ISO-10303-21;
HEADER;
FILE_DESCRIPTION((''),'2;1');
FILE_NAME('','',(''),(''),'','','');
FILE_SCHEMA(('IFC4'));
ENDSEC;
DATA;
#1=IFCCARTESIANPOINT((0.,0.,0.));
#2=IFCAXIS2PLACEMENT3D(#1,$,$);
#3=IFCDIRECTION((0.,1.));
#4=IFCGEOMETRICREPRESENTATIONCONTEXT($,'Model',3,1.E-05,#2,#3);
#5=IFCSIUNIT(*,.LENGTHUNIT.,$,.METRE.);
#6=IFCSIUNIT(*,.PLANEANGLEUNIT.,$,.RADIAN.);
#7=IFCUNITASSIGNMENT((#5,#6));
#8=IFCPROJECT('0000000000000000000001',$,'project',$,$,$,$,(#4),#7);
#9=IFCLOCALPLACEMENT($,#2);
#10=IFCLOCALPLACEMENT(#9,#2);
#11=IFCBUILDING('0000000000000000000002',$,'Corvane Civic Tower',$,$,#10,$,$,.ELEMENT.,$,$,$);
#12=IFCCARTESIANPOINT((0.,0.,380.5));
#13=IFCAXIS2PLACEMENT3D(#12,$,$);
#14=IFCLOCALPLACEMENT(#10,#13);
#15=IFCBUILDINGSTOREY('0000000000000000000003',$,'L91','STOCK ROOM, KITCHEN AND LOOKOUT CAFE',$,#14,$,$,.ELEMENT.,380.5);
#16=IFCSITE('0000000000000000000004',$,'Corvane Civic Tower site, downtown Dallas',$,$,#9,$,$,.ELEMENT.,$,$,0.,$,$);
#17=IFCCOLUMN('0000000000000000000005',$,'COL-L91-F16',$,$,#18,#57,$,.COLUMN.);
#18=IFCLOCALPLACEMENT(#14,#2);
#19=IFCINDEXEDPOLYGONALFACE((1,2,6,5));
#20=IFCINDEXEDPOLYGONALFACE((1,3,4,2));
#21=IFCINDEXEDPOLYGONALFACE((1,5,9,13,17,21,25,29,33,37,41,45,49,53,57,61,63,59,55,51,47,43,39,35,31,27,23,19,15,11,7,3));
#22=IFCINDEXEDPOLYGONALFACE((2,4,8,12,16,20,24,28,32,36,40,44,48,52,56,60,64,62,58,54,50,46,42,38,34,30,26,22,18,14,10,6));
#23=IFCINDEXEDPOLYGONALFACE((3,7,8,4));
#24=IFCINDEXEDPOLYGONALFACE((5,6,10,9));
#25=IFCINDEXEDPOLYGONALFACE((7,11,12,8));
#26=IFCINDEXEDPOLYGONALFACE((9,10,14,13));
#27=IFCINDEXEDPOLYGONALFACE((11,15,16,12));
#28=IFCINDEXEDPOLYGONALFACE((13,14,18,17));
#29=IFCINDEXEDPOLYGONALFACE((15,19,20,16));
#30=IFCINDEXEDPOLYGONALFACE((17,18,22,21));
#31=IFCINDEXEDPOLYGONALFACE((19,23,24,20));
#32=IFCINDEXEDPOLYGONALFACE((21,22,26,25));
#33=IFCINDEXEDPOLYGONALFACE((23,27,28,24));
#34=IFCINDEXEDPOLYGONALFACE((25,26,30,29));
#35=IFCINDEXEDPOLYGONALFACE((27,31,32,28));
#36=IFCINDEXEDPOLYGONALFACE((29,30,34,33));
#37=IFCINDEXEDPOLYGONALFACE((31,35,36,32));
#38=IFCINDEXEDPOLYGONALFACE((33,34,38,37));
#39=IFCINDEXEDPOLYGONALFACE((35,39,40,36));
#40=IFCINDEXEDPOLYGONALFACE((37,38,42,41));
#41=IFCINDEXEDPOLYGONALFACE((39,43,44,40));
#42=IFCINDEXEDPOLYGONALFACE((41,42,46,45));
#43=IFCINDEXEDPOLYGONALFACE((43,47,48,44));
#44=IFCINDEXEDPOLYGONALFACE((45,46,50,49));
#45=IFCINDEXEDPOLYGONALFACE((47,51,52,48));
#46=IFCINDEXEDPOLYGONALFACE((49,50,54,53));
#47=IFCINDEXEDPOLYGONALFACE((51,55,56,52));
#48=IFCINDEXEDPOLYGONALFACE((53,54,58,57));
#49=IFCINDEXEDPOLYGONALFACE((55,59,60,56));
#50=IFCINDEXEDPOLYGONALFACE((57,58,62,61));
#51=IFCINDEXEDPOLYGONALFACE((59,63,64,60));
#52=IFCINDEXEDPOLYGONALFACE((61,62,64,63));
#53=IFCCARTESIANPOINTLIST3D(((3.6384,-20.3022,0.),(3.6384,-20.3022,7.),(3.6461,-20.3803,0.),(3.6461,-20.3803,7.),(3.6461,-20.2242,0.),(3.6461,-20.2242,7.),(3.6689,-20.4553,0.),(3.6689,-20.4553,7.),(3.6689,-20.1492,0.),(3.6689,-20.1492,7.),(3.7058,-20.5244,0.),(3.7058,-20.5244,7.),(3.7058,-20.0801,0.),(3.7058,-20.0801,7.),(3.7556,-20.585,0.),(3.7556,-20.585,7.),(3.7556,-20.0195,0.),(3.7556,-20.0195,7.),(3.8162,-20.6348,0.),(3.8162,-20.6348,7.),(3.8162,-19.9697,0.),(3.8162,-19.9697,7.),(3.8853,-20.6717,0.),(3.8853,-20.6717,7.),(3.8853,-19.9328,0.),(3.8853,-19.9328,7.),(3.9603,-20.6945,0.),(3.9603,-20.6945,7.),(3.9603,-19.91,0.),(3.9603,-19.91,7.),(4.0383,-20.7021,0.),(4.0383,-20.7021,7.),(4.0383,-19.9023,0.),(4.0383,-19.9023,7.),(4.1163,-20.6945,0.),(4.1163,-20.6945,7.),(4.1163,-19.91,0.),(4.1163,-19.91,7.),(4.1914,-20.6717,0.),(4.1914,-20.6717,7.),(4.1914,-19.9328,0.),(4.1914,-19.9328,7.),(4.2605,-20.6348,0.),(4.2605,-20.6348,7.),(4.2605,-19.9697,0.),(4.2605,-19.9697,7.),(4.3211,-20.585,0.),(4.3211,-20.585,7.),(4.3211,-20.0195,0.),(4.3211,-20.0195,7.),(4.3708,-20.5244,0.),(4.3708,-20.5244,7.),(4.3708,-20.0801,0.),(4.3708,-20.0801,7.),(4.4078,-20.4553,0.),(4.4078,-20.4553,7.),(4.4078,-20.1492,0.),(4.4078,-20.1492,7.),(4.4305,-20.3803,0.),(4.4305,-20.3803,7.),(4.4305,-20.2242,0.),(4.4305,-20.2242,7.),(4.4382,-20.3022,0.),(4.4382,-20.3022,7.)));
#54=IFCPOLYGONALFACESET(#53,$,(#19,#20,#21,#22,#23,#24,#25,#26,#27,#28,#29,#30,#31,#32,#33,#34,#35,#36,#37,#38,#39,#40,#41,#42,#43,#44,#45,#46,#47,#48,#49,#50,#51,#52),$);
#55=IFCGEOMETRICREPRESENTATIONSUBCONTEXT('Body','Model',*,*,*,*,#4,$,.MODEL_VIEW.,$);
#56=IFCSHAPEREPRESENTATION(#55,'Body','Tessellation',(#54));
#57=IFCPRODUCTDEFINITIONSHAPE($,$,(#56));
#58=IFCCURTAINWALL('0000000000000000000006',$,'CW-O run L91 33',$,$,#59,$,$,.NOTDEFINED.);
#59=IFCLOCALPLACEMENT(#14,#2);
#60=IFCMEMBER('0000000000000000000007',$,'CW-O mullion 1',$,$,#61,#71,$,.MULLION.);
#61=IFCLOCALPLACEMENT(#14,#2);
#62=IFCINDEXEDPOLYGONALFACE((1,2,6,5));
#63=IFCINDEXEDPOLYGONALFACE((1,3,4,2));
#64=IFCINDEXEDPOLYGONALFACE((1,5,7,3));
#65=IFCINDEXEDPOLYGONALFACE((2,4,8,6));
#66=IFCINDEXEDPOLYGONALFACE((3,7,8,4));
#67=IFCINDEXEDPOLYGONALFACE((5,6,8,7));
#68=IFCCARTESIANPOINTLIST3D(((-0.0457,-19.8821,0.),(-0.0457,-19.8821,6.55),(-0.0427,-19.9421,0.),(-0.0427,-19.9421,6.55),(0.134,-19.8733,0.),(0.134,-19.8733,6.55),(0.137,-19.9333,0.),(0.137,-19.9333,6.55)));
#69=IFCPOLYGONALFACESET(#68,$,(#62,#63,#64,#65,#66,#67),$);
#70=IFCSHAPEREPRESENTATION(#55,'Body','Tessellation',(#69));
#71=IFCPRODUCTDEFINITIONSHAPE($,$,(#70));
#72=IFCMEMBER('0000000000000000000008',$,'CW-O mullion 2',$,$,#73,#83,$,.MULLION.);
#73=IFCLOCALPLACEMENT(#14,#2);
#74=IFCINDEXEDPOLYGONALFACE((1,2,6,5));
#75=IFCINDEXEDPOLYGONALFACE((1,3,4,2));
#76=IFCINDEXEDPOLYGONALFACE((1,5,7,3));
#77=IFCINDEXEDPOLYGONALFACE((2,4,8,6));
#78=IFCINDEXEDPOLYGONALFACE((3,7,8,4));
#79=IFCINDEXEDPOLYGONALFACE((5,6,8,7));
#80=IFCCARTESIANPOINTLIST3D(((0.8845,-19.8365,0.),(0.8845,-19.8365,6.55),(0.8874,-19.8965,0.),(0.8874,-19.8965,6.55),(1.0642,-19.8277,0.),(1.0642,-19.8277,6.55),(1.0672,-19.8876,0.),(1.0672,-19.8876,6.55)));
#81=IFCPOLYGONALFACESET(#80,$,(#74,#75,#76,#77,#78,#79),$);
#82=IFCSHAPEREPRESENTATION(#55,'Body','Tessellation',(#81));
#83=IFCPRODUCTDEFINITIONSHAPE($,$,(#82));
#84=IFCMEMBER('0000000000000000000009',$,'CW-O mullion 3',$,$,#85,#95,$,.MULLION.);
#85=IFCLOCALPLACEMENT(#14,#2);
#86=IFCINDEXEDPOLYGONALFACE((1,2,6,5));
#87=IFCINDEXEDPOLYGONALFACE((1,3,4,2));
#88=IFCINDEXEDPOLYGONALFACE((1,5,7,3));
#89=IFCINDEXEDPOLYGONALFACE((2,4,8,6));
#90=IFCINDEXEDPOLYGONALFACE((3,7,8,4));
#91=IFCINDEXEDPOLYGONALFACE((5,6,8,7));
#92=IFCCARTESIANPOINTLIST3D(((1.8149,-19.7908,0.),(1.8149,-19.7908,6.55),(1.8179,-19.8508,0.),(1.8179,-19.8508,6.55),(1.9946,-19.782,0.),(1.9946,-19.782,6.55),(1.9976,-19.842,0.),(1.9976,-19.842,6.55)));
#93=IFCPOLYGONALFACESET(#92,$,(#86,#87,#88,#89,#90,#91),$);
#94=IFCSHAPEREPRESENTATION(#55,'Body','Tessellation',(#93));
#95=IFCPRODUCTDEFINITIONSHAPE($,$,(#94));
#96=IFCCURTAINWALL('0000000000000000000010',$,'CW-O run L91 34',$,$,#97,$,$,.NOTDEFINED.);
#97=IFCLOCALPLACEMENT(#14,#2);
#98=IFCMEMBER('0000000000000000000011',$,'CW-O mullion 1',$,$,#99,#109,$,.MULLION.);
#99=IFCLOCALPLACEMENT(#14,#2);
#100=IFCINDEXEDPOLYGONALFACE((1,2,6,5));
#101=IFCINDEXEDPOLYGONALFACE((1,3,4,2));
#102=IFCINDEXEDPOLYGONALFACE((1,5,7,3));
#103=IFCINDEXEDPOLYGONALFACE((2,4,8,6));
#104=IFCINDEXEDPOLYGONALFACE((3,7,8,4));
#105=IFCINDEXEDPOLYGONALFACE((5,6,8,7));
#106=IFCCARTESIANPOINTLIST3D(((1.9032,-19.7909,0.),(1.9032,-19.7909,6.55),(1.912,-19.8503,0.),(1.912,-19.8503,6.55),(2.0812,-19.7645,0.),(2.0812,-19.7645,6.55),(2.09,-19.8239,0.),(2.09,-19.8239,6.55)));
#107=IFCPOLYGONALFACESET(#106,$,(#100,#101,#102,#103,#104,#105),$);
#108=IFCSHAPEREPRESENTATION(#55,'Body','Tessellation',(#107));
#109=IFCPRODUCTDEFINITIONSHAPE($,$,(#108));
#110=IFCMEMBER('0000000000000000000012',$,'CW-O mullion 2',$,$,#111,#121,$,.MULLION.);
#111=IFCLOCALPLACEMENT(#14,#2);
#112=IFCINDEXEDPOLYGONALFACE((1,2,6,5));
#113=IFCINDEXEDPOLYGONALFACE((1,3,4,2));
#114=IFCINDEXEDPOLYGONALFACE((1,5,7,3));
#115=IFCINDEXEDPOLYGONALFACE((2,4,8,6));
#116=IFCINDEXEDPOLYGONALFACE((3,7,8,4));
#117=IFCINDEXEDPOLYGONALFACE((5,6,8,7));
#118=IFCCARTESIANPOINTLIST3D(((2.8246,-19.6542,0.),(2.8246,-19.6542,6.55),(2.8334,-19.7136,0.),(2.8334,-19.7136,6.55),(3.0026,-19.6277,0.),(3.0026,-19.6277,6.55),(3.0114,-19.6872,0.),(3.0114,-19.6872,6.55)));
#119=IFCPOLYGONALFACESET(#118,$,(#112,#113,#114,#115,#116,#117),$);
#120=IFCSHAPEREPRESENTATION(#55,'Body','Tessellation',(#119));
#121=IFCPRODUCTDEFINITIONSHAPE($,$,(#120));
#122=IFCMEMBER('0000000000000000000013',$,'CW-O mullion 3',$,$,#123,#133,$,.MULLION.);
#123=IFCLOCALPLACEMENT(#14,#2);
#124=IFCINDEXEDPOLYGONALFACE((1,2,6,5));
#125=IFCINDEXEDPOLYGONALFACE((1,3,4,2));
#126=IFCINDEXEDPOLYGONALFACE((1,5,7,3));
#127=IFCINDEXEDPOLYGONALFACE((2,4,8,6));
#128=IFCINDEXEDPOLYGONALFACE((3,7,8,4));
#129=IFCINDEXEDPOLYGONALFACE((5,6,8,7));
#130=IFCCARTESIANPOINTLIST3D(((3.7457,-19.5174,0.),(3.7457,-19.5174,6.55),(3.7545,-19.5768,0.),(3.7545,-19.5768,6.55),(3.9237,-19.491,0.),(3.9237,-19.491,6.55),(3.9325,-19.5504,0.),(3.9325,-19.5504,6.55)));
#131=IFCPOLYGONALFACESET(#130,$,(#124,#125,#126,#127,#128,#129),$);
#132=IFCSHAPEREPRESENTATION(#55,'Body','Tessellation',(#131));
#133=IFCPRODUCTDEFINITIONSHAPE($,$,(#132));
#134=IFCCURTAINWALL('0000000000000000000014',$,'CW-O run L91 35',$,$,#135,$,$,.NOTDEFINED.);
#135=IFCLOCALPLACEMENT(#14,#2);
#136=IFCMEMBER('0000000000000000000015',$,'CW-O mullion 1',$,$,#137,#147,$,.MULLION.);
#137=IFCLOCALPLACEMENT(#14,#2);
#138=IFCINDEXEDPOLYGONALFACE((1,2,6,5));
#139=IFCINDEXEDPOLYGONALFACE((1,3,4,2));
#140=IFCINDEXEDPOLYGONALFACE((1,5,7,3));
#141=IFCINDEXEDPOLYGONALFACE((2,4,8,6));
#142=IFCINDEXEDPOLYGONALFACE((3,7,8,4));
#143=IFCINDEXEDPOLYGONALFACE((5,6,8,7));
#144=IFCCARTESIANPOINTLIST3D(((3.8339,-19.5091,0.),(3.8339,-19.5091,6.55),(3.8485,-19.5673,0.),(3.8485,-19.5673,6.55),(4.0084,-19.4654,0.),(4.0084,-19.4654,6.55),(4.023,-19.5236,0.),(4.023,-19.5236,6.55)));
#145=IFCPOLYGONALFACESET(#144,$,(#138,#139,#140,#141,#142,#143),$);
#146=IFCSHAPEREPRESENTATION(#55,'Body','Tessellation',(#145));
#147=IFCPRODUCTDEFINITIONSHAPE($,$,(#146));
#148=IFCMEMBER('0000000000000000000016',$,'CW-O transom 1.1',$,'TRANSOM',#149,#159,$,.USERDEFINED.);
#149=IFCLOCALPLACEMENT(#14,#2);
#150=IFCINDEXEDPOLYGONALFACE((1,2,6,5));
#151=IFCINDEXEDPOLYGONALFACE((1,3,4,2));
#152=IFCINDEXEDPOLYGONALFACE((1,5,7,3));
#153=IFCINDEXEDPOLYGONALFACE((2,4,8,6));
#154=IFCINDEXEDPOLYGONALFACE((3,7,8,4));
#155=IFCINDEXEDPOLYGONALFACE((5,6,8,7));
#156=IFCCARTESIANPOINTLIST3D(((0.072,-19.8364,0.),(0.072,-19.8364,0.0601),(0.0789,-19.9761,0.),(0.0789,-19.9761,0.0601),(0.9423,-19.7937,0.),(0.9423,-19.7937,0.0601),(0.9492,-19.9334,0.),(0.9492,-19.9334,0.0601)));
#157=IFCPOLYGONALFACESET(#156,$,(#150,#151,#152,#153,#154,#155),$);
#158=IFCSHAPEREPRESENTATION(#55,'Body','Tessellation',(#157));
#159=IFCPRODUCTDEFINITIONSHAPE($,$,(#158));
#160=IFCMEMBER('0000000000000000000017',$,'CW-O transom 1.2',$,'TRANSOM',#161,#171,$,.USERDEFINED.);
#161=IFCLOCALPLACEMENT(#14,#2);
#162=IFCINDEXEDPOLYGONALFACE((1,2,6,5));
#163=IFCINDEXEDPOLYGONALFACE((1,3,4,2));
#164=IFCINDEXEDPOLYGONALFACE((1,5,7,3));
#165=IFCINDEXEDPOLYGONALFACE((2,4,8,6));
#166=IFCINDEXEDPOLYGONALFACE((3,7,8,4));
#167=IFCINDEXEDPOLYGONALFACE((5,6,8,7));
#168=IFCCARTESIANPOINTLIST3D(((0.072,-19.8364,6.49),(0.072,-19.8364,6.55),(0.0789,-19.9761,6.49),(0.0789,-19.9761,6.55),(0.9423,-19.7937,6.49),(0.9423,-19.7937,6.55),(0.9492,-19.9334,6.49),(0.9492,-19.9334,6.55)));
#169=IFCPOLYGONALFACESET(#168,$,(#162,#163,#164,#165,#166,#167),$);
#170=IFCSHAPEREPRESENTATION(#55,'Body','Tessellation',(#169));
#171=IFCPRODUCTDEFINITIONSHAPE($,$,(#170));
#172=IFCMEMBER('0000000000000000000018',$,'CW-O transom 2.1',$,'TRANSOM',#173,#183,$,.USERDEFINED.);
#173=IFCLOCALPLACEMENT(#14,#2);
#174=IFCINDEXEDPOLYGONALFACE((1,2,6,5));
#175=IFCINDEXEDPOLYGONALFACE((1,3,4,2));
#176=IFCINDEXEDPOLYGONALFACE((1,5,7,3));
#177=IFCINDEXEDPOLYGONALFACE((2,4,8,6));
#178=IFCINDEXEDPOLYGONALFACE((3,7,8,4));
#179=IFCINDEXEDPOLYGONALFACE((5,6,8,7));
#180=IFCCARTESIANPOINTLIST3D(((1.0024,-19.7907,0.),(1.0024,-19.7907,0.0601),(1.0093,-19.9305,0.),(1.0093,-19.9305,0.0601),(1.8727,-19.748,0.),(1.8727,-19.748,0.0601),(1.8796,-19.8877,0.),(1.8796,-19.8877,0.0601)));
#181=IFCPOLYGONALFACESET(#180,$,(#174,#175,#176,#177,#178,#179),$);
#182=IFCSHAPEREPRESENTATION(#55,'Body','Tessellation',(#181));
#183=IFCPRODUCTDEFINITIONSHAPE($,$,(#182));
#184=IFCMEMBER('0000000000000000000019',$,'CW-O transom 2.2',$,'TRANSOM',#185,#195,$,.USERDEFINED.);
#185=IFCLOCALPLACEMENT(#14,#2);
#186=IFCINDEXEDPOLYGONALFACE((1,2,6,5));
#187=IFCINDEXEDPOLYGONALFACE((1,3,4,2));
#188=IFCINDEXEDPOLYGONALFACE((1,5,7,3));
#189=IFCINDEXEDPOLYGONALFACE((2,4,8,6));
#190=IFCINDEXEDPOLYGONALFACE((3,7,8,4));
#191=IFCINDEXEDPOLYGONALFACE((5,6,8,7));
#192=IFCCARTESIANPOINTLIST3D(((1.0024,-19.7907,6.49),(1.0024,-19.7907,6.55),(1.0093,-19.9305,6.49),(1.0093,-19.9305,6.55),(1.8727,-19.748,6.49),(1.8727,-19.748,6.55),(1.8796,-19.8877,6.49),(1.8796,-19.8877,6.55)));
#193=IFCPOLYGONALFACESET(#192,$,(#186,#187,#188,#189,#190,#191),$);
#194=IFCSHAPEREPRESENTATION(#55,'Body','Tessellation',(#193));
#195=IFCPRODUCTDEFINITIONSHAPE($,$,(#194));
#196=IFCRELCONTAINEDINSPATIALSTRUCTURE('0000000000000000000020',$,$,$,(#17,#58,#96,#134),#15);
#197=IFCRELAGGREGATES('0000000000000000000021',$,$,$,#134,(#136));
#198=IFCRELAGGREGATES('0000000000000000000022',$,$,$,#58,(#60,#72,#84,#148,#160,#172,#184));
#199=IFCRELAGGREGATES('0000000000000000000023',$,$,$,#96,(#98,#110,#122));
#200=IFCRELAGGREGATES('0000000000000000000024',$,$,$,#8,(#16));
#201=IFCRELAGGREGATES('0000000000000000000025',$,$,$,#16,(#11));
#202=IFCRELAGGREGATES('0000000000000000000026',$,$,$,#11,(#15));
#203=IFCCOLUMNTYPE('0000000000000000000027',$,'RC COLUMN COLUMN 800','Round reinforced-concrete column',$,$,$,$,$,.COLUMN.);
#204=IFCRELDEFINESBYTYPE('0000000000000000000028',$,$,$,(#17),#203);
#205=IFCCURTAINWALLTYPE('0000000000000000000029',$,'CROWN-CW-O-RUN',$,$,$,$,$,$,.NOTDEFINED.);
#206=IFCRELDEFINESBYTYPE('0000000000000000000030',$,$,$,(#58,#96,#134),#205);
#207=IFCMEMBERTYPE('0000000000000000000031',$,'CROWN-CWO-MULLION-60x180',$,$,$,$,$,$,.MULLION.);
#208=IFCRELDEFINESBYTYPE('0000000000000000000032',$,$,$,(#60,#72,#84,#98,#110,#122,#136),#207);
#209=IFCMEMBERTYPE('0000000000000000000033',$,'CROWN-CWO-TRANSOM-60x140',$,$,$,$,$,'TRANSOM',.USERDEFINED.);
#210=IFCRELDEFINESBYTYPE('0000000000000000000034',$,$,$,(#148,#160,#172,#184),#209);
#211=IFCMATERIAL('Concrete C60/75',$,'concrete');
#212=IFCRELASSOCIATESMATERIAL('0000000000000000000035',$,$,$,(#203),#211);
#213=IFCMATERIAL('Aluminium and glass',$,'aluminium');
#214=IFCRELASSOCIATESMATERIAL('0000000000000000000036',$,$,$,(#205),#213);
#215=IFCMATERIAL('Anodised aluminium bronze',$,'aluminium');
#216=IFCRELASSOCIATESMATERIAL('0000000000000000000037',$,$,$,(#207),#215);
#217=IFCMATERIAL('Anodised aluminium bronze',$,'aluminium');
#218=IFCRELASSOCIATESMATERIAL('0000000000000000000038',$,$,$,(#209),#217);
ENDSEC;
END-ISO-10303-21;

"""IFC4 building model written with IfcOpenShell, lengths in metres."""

from ifc_helpers import new_model, si_unit, direction, frame, origin, origin_2d, place, context, subcontext, project, spatial, rectangle, circle, extrude, material, material_profile, profile_set, type_object, element, aggregate, save


model = new_model("IFC4")

# Units and contexts
model_context = context("Model", 3, precision=1e-05, world=origin(), true_north=direction((0.0, 1.0)))
body_context = subcontext(model_context, "Body", "Model", "MODEL_VIEW")
ifc_project = project(units=[si_unit("LENGTHUNIT", "METRE"), si_unit("PLANEANGLEUNIT", "RADIAN")], contexts=[model_context])

# Site, building, storey
site_placement = place(None, origin())
site = spatial("IfcSite", under=ifc_project, at=site_placement, Name="Corvane Civic Tower site, downtown Dallas", CompositionType="ELEMENT", RefElevation=0.0)
building_placement = place(site_placement, origin())
building = spatial("IfcBuilding", under=site, at=building_placement, Name="Corvane Civic Tower", CompositionType="ELEMENT")
storey_placement = place(building_placement, frame((0.0, 0.0, 380.5)))
storey = spatial("IfcBuildingStorey", under=building, at=storey_placement, Name="L91", Description="STOCK ROOM, KITCHEN AND LOOKOUT CAFE", CompositionType="ELEMENT", Elevation=380.5)

# Column
ifc_material_1 = material(Name="Concrete C60/75", Category="concrete")
ifc_material_profile_1 = material_profile(ifc_material_1, circle(Radius=0.3999, at=origin_2d()), Name="COLUMN 800")
ifc_profile_set_1 = profile_set([ifc_material_profile_1], Name="Concrete C60/75")
column_type = type_object("IfcColumnType", Name="RC COLUMN COLUMN 800", Description="Round reinforced-concrete column", PredefinedType="COLUMN", material=ifc_profile_set_1)
column_placement = place(storey_placement, frame((4.0383, -20.3022, 0.0), z_axis=(0.0, 0.0, 1.0), x_axis=(1.0, 0.0, 0.0)))
element("IfcColumn", 1, at=column_placement, inside=storey, type_object=column_type, Name="COL-L91-F16", PredefinedType="COLUMN", context=body_context, shape_type="SweptSolid", body=[
    extrude(circle(Radius=0.3999, at=origin_2d()), origin(), (0.0, 0.0, 1.0), 7.0),
])

# Curtain walls, members
ifc_material_2 = material(Name="Aluminium and glass", Category="aluminium")
curtain_wall_type = type_object("IfcCurtainWallType", Name="CROWN-CW-O-RUN", PredefinedType="NOTDEFINED", material=ifc_material_2)
curtain_wall_1_placement = place(storey_placement, origin())
curtain_wall_1 = element("IfcCurtainWall", 2, at=curtain_wall_1_placement, inside=storey, type_object=curtain_wall_type, Name="CW-O run L91 33", PredefinedType="NOTDEFINED")
ifc_material_3 = material(Name="Anodised aluminium bronze", Category="aluminium")
ifc_material_profile_2 = material_profile(ifc_material_3, rectangle(XDim=0.0601, YDim=0.1799, at=origin_2d()), Name="AL 60x180")
ifc_profile_set_2 = profile_set([ifc_material_profile_2], Name="Anodised aluminium bronze")
member_type_1 = type_object("IfcMemberType", Name="CROWN-CWO-MULLION-60x180", PredefinedType="MULLION", material=ifc_profile_set_2)
member_1_placement = place(storey_placement, frame((0.0457, -19.9077, 0.0), z_axis=(0.0, 0.0, 1.0), x_axis=(-0.048991, 0.998799, 0.0)))
member_1 = element("IfcMember", 3, at=member_1_placement, type_object=member_type_1, Name="CW-O mullion 1", PredefinedType="MULLION", context=body_context, shape_type="SweptSolid", body=[
    extrude(rectangle(XDim=0.0601, YDim=0.1799, at=origin_2d()), origin(), (0.0, 0.0, 1.0), 6.55),
])
member_2_placement = place(storey_placement, frame((0.9758, -19.8621, 0.0), z_axis=(0.0, 0.0, 1.0), x_axis=(-0.048991, 0.998799, 0.0)))
member_2 = element("IfcMember", 4, at=member_2_placement, type_object=member_type_1, Name="CW-O mullion 2", PredefinedType="MULLION", context=body_context, shape_type="SweptSolid", body=[
    extrude(rectangle(XDim=0.0601, YDim=0.1799, at=origin_2d()), origin(), (0.0, 0.0, 1.0), 6.55),
])
member_3_placement = place(storey_placement, frame((1.9062, -19.8164, 0.0), z_axis=(0.0, 0.0, 1.0), x_axis=(-0.048991, 0.998799, 0.0)))
member_3 = element("IfcMember", 5, at=member_3_placement, type_object=member_type_1, Name="CW-O mullion 3", PredefinedType="MULLION", context=body_context, shape_type="SweptSolid", body=[
    extrude(rectangle(XDim=0.0601, YDim=0.1799, at=origin_2d()), origin(), (0.0, 0.0, 1.0), 6.55),
])
curtain_wall_2_placement = place(storey_placement, origin())
curtain_wall_2 = element("IfcCurtainWall", 6, at=curtain_wall_2_placement, inside=storey, type_object=curtain_wall_type, Name="CW-O run L91 34", PredefinedType="NOTDEFINED")
member_4_placement = place(storey_placement, frame((1.9966, -19.8074, 0.0), z_axis=(0.0, 0.0, 1.0), x_axis=(-0.146771, 0.98917, 0.0)))
member_4 = element("IfcMember", 7, at=member_4_placement, type_object=member_type_1, Name="CW-O mullion 1", PredefinedType="MULLION", context=body_context, shape_type="SweptSolid", body=[
    extrude(rectangle(XDim=0.0601, YDim=0.1799, at=origin_2d()), origin(), (0.0, 0.0, 1.0), 6.55),
])
member_5_placement = place(storey_placement, frame((2.918, -19.6707, 0.0), z_axis=(0.0, 0.0, 1.0), x_axis=(-0.146771, 0.98917, 0.0)))
member_5 = element("IfcMember", 8, at=member_5_placement, type_object=member_type_1, Name="CW-O mullion 2", PredefinedType="MULLION", context=body_context, shape_type="SweptSolid", body=[
    extrude(rectangle(XDim=0.0601, YDim=0.1799, at=origin_2d()), origin(), (0.0, 0.0, 1.0), 6.55),
])
member_6_placement = place(storey_placement, frame((3.8391, -19.5339, 0.0), z_axis=(0.0, 0.0, 1.0), x_axis=(-0.146771, 0.98917, 0.0)))
member_6 = element("IfcMember", 9, at=member_6_placement, type_object=member_type_1, Name="CW-O mullion 3", PredefinedType="MULLION", context=body_context, shape_type="SweptSolid", body=[
    extrude(rectangle(XDim=0.0601, YDim=0.1799, at=origin_2d()), origin(), (0.0, 0.0, 1.0), 6.55),
])

# Curtain wall, member
curtain_wall_3_placement = place(storey_placement, origin())
curtain_wall_3 = element("IfcCurtainWall", 10, at=curtain_wall_3_placement, inside=storey, type_object=curtain_wall_type, Name="CW-O run L91 35", PredefinedType="NOTDEFINED")
member_7_placement = place(storey_placement, frame((3.9285, -19.5164, 0.0), z_axis=(0.0, 0.0, 1.0), x_axis=(-0.242952, 0.970038, 0.0)))
member_7 = element("IfcMember", 11, at=member_7_placement, type_object=member_type_1, Name="CW-O mullion 1", PredefinedType="MULLION", context=body_context, shape_type="SweptSolid", body=[
    extrude(rectangle(XDim=0.0601, YDim=0.1799, at=origin_2d()), origin(), (0.0, 0.0, 1.0), 6.55),
])

# Members
ifc_material_4 = material(Name="Anodised aluminium bronze", Category="aluminium")
ifc_material_profile_3 = material_profile(ifc_material_4, rectangle(XDim=0.1399, YDim=0.0601, at=origin_2d()), Name="AL 140x60")
ifc_profile_set_3 = profile_set([ifc_material_profile_3], Name="Anodised aluminium bronze")
member_type_2 = type_object("IfcMemberType", Name="CROWN-CWO-TRANSOM-60x140", ElementType="TRANSOM", PredefinedType="USERDEFINED", material=ifc_profile_set_3)
member_8_placement = place(storey_placement, frame((0.0754, -19.9062, 0.03), z_axis=(0.998797, 0.049029, 0.0), x_axis=(-0.049029, 0.998797, 0.0)))
member_8 = element("IfcMember", 12, at=member_8_placement, type_object=member_type_2, Name="CW-O transom 1.1", ObjectType="TRANSOM", PredefinedType="USERDEFINED", context=body_context, shape_type="SweptSolid", body=[
    extrude(rectangle(XDim=0.1399, YDim=0.0601, at=origin_2d()), origin(), (0.0, 0.0, 1.0), 0.8713),
])
member_9_placement = place(storey_placement, frame((0.0754, -19.9062, 6.52), z_axis=(0.998797, 0.049029, 0.0), x_axis=(-0.049029, 0.998797, 0.0)))
member_9 = element("IfcMember", 13, at=member_9_placement, type_object=member_type_2, Name="CW-O transom 1.2", ObjectType="TRANSOM", PredefinedType="USERDEFINED", context=body_context, shape_type="SweptSolid", body=[
    extrude(rectangle(XDim=0.1399, YDim=0.0601, at=origin_2d()), origin(), (0.0, 0.0, 1.0), 0.8713),
])
member_10_placement = place(storey_placement, frame((1.0059, -19.8606, 0.03), z_axis=(0.998797, 0.049029, 0.0), x_axis=(-0.049029, 0.998797, 0.0)))
member_10 = element("IfcMember", 14, at=member_10_placement, type_object=member_type_2, Name="CW-O transom 2.1", ObjectType="TRANSOM", PredefinedType="USERDEFINED", context=body_context, shape_type="SweptSolid", body=[
    extrude(rectangle(XDim=0.1399, YDim=0.0601, at=origin_2d()), origin(), (0.0, 0.0, 1.0), 0.8713),
])
member_11_placement = place(storey_placement, frame((1.0059, -19.8606, 6.52), z_axis=(0.998797, 0.049029, 0.0), x_axis=(-0.049029, 0.998797, 0.0)))
member_11 = element("IfcMember", 15, at=member_11_placement, type_object=member_type_2, Name="CW-O transom 2.2", ObjectType="TRANSOM", PredefinedType="USERDEFINED", context=body_context, shape_type="SweptSolid", body=[
    extrude(rectangle(XDim=0.1399, YDim=0.0601, at=origin_2d()), origin(), (0.0, 0.0, 1.0), 0.8713),
])
aggregate(curtain_wall_3, [member_7])

aggregate(curtain_wall_1, [member_1, member_2, member_3, member_8, member_9, member_10, member_11])
aggregate(curtain_wall_2, [member_4, member_5, member_6])

save(model, "model.ifc")
